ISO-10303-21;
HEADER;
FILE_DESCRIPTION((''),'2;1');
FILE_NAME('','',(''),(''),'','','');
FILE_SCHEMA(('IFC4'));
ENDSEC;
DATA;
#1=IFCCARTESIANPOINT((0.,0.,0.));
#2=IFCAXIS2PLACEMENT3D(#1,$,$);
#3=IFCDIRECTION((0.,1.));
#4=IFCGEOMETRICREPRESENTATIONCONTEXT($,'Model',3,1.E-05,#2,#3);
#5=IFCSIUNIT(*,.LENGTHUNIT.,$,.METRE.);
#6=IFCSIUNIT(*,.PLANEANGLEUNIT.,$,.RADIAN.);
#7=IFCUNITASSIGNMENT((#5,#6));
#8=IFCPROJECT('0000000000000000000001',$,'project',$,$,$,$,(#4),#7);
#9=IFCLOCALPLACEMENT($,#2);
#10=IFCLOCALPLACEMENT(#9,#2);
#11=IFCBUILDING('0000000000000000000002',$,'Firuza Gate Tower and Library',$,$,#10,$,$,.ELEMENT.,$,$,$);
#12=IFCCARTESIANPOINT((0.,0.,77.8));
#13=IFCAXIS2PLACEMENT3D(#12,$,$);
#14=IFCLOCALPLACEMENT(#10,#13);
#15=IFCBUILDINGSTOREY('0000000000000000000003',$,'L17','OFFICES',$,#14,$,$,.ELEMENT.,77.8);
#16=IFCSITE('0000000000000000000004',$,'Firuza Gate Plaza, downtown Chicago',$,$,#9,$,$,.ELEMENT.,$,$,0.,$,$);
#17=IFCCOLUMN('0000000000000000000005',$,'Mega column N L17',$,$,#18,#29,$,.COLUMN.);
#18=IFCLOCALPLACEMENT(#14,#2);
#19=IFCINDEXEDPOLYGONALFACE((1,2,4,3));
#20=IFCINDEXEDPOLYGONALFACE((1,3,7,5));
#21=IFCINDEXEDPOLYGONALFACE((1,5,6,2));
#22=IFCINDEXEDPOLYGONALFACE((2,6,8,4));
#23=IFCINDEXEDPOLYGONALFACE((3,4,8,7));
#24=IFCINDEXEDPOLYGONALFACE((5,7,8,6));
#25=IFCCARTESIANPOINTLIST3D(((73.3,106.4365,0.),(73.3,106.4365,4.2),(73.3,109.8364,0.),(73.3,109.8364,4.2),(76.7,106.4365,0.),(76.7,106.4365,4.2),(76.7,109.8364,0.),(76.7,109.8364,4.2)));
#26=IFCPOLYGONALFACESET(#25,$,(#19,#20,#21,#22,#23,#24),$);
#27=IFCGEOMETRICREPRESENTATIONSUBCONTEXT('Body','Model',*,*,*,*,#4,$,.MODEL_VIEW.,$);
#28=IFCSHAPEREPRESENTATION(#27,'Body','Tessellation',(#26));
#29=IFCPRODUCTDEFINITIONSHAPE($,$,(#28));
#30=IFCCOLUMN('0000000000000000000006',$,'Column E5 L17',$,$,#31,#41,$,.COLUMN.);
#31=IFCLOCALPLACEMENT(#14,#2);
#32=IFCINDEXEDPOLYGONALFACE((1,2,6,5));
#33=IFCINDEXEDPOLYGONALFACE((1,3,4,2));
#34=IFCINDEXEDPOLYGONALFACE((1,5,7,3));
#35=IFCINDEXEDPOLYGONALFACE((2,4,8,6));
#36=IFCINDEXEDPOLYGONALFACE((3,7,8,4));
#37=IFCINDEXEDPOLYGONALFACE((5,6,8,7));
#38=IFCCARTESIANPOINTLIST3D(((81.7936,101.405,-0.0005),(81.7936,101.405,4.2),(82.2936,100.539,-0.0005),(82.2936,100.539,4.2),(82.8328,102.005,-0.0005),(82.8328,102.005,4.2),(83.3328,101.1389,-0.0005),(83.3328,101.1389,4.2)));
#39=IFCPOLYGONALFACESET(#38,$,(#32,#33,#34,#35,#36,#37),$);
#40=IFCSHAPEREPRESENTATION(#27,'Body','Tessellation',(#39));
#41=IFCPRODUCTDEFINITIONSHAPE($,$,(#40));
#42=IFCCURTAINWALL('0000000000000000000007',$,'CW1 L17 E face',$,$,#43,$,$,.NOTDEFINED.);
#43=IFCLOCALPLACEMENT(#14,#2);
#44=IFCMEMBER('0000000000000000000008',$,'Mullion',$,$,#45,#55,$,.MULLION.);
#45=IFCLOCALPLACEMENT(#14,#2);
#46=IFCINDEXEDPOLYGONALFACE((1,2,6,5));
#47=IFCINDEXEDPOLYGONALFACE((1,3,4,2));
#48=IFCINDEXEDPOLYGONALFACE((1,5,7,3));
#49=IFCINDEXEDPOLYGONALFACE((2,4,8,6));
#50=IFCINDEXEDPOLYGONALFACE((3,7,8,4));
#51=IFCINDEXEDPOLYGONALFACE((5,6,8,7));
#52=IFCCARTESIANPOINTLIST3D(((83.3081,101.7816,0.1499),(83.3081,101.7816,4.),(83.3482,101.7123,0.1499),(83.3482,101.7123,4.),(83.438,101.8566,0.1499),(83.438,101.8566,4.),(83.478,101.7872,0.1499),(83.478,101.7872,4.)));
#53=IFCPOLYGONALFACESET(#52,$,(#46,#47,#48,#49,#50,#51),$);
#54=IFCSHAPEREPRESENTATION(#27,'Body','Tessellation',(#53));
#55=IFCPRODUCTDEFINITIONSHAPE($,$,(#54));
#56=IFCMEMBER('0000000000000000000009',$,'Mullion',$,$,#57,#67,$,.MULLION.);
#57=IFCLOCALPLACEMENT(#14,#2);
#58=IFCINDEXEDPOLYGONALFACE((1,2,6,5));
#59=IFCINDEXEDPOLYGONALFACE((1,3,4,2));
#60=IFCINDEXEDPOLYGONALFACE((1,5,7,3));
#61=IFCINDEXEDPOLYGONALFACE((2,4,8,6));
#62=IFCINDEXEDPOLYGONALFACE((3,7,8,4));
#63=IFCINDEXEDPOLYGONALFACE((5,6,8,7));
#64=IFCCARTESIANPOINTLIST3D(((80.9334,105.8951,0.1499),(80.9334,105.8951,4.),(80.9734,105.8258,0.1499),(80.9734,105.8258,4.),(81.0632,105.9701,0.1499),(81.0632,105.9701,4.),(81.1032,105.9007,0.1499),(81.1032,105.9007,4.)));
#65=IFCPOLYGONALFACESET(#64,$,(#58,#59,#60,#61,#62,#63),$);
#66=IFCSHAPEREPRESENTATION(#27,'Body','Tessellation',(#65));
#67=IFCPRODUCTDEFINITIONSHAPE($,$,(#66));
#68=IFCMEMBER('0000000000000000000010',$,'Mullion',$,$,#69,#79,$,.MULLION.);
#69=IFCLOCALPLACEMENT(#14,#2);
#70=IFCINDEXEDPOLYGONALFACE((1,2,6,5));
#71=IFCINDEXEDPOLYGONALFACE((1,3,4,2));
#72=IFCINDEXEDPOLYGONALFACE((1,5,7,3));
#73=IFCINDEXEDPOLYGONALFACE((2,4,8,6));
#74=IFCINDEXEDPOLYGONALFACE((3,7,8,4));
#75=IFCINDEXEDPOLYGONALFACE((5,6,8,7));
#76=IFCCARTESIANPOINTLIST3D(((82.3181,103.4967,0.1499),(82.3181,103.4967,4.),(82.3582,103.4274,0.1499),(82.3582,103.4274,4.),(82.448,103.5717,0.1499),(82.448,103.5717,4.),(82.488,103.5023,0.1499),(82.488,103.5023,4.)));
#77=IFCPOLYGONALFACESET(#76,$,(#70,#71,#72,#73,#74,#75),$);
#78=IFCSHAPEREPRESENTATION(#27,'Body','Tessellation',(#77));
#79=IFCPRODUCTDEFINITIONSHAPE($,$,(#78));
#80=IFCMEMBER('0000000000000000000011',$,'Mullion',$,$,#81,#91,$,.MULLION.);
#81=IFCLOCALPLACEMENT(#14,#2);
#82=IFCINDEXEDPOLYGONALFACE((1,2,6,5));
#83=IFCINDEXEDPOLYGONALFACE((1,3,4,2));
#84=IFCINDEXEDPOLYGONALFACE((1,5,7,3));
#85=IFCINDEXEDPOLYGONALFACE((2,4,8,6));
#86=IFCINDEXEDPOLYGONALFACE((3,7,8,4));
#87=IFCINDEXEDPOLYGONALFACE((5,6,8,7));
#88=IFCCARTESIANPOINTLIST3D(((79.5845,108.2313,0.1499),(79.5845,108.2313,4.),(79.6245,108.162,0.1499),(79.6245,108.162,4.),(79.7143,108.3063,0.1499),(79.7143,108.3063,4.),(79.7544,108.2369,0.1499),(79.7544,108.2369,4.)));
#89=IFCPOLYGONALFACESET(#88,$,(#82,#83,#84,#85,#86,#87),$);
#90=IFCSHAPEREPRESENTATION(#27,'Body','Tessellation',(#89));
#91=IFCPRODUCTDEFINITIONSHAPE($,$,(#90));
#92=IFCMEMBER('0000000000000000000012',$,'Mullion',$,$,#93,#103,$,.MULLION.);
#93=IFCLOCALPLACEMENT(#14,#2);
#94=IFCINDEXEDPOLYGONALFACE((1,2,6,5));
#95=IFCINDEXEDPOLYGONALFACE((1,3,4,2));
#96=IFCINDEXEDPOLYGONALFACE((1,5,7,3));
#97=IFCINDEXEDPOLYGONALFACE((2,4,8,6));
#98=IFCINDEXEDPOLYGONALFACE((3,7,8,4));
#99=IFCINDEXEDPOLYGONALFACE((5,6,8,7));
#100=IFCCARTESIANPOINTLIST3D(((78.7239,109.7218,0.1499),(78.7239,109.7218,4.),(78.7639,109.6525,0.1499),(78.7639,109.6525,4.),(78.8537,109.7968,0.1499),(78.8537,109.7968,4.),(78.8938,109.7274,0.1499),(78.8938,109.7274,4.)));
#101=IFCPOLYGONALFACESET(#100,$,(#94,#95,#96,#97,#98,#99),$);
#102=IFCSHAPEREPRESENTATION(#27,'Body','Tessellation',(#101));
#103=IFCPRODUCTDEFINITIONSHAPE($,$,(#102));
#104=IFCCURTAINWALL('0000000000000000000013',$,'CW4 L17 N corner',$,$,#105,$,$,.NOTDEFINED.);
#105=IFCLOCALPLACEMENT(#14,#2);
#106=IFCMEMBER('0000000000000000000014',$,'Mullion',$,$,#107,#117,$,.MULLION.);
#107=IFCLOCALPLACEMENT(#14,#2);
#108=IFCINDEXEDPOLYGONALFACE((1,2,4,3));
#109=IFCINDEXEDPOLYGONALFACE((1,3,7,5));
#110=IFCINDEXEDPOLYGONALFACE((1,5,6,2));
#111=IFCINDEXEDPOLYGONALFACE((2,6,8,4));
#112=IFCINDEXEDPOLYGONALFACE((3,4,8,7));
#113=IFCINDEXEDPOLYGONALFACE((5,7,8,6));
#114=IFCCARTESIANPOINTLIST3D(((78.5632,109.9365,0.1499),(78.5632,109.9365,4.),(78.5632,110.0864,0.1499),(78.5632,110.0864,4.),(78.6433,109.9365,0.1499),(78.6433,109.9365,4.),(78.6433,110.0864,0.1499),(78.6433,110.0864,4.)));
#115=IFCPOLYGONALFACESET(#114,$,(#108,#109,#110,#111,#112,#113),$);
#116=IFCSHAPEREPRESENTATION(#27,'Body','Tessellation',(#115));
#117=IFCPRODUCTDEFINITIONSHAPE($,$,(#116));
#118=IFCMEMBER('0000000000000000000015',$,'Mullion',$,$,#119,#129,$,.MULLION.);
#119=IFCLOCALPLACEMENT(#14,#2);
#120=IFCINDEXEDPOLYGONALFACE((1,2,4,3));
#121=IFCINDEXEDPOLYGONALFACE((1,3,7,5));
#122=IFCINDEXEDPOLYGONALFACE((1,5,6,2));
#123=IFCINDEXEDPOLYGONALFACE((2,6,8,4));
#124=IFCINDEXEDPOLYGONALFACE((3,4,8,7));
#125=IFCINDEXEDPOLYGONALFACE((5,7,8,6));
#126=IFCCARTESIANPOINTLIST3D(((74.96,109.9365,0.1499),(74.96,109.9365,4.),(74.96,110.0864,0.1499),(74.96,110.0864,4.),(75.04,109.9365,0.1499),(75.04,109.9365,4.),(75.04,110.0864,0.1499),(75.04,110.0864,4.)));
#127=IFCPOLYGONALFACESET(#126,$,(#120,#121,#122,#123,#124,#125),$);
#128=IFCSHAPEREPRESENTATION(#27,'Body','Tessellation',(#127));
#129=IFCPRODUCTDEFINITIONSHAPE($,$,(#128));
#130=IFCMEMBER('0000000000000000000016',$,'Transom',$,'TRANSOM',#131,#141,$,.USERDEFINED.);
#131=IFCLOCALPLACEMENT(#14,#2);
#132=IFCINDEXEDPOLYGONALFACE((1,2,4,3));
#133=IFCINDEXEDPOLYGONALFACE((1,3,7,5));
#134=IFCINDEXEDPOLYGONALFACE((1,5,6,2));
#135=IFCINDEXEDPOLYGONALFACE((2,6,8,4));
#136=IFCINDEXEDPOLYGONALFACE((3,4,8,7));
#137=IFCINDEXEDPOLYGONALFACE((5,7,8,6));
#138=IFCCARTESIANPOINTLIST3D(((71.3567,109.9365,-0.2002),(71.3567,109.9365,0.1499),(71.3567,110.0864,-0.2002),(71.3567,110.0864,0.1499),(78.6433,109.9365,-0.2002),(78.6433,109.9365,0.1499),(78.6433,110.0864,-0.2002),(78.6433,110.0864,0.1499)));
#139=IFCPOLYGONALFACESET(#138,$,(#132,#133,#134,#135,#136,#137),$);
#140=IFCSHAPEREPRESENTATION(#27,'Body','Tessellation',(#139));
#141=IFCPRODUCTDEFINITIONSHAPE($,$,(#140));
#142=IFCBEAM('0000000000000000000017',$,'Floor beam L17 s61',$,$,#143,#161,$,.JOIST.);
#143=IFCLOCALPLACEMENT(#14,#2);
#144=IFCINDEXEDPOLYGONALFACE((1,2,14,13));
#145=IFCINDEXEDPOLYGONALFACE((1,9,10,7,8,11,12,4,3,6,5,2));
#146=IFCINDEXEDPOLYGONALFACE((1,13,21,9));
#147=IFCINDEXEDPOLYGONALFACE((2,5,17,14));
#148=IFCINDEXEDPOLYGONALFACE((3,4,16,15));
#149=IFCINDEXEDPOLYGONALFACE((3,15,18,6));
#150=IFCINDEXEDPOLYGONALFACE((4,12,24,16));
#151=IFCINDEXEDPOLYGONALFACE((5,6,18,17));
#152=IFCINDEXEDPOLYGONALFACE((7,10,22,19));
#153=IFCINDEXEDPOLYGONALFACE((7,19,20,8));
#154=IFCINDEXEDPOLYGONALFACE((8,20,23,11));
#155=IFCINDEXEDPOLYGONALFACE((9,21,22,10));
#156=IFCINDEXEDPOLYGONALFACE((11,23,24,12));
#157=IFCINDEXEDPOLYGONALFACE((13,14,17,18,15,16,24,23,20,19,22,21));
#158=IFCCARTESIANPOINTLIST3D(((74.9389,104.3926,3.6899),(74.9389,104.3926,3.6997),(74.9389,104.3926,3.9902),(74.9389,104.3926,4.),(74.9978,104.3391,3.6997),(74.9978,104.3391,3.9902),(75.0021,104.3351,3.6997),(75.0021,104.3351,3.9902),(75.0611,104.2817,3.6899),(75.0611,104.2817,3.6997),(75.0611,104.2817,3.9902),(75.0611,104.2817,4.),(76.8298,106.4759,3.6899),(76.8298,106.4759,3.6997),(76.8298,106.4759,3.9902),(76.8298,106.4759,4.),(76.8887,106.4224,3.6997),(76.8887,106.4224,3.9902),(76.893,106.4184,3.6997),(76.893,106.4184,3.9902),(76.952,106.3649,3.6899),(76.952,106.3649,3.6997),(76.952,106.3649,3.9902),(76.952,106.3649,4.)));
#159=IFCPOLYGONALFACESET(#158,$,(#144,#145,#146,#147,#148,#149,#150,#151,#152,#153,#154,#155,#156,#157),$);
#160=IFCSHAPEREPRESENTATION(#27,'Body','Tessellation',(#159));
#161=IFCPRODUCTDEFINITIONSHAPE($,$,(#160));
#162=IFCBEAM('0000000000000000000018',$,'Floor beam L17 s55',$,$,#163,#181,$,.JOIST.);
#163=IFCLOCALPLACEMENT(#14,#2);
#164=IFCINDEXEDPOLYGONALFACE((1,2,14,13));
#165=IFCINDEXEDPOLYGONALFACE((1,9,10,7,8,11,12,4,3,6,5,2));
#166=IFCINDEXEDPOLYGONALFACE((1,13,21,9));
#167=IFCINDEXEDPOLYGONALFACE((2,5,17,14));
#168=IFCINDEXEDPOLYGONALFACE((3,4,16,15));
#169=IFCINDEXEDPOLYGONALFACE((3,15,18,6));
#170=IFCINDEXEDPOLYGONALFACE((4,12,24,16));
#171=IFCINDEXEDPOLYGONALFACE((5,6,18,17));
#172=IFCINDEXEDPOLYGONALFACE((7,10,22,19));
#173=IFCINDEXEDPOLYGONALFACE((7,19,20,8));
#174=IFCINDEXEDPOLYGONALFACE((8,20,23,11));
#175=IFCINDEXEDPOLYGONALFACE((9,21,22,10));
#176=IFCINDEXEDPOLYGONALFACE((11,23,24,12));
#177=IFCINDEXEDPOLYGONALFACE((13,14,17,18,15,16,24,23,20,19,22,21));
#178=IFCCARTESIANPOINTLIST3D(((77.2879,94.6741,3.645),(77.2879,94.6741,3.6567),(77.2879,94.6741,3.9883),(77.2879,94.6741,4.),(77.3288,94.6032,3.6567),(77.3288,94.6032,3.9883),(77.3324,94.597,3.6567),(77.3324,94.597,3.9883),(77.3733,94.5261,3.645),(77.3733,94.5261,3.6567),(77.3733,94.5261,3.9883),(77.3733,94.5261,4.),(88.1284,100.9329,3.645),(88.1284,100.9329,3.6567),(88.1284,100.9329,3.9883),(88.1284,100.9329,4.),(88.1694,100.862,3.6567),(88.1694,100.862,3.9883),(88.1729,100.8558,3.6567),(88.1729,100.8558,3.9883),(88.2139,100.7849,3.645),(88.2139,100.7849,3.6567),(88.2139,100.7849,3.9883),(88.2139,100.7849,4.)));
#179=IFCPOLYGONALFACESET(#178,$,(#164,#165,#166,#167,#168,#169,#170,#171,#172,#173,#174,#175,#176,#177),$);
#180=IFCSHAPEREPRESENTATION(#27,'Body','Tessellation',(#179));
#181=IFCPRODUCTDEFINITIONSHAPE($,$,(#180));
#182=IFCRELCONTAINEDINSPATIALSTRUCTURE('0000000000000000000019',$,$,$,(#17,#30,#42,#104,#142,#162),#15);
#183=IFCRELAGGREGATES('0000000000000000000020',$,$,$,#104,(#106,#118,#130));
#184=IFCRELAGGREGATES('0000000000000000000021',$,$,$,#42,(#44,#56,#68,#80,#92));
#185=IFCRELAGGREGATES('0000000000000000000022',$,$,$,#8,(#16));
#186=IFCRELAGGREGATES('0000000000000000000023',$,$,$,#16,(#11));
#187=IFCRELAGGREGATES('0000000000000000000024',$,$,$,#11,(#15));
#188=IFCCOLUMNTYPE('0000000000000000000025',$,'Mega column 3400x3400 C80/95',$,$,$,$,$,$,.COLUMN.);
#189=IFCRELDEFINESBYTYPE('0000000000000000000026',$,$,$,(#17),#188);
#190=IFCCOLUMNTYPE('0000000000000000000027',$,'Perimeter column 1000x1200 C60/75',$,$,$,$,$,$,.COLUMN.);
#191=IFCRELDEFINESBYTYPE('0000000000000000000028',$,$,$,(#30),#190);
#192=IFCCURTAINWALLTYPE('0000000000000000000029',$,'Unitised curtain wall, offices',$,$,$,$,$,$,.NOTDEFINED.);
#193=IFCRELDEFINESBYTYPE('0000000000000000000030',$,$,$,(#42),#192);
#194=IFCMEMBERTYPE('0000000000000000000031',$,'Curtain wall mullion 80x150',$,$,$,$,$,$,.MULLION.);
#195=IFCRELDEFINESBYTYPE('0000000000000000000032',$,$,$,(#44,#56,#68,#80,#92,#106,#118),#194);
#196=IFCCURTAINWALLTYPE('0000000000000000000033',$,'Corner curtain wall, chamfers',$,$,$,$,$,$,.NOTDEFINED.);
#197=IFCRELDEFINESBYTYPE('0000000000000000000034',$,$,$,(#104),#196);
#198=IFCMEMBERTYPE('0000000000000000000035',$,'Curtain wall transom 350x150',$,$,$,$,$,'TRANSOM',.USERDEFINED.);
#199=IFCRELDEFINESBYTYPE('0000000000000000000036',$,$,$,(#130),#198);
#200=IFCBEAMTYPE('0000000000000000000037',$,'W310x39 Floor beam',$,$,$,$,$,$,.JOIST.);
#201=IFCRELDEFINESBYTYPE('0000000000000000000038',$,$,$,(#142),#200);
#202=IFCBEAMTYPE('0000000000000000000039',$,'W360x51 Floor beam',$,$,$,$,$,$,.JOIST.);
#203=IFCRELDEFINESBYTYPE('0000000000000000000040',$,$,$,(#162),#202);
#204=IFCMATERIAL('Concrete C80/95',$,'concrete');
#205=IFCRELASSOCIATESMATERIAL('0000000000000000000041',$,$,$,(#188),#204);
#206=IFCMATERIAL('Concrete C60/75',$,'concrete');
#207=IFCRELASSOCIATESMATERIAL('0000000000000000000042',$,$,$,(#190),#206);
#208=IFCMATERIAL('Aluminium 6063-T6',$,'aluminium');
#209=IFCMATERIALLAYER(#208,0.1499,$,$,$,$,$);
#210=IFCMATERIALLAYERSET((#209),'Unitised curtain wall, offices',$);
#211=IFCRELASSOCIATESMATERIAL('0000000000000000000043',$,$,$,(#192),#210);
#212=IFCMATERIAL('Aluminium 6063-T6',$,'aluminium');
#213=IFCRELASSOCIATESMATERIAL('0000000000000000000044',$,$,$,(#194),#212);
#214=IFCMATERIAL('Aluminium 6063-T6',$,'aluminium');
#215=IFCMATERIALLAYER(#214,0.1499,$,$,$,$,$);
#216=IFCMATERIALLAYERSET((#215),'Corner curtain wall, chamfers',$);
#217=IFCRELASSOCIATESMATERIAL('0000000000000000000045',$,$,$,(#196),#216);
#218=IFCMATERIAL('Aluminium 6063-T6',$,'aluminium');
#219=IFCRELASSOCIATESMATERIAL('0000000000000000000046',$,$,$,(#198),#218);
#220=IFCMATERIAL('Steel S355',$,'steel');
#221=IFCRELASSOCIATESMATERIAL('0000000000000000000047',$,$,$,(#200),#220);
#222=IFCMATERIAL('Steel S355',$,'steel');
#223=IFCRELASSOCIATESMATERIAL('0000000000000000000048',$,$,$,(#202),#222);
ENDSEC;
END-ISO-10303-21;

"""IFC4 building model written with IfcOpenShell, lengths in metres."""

from ifc_helpers import new_model, si_unit, direction, frame, origin, origin_2d, place, context, subcontext, project, spatial, rectangle, i_section, extrude, material, layer, layer_set, material_profile, profile_set, type_object, element, aggregate, save


model = new_model("IFC4")

# Units and contexts
model_context = context("Model", 3, precision=1e-05, world=origin(), true_north=direction((0.0, 1.0)))
body_context = subcontext(model_context, "Body", "Model", "MODEL_VIEW")
ifc_project = project(units=[si_unit("LENGTHUNIT", "METRE"), si_unit("PLANEANGLEUNIT", "RADIAN")], contexts=[model_context])

# Site, building, storey
site_placement = place(None, origin())
site = spatial("IfcSite", under=ifc_project, at=site_placement, Name="Firuza Gate Plaza, downtown Chicago", CompositionType="ELEMENT", RefElevation=0.0)
building_placement = place(site_placement, origin())
building = spatial("IfcBuilding", under=site, at=building_placement, Name="Firuza Gate Tower and Library", CompositionType="ELEMENT")
storey_placement = place(building_placement, frame((0.0, 0.0, 77.8)))
storey = spatial("IfcBuildingStorey", under=building, at=storey_placement, Name="L17", Description="OFFICES", CompositionType="ELEMENT", Elevation=77.8)

# Columns
ifc_material_1 = material(Name="Concrete C80/95", Category="concrete")
ifc_material_profile_1 = material_profile(ifc_material_1, rectangle(XDim=3.3999, YDim=3.3999, at=origin_2d()))
ifc_profile_set_1 = profile_set([ifc_material_profile_1], Name="Concrete C80/95")
column_type_1 = type_object("IfcColumnType", Name="Mega column 3400x3400 C80/95", PredefinedType="COLUMN", material=ifc_profile_set_1)
column_1_placement = place(storey_placement, frame((75.0, 108.1365, 0.0), z_axis=(0.0, 0.0, 1.0), x_axis=(-1.0, 0.0, 0.0)))
element("IfcColumn", 1, at=column_1_placement, inside=storey, type_object=column_type_1, Name="Mega column N L17", PredefinedType="COLUMN", context=body_context, shape_type="SweptSolid", body=[
    extrude(rectangle(XDim=3.3999, YDim=3.3999, at=origin_2d()), origin(), (0.0, 0.0, 1.0), 4.2),
])
ifc_material_2 = material(Name="Concrete C60/75", Category="concrete")
ifc_material_profile_2 = material_profile(ifc_material_2, rectangle(XDim=1.0, YDim=1.2, at=origin_2d()))
ifc_profile_set_2 = profile_set([ifc_material_profile_2], Name="Concrete C60/75")
column_type_2 = type_object("IfcColumnType", Name="Perimeter column 1000x1200 C60/75", PredefinedType="COLUMN", material=ifc_profile_set_2)
column_2_placement = place(storey_placement, frame((82.5632, 101.272, -0.0005), z_axis=(0.0, 0.0, 1.0), x_axis=(-0.5, 0.866025, 0.0)))
element("IfcColumn", 2, at=column_2_placement, inside=storey, type_object=column_type_2, Name="Column E5 L17", PredefinedType="COLUMN", context=body_context, shape_type="SweptSolid", body=[
    extrude(rectangle(XDim=1.0, YDim=1.2, at=origin_2d()), origin(), (0.0, 0.0, 1.0), 4.2004),
])

# Curtain walls, members
ifc_material_3 = material(Name="Aluminium 6063-T6", Category="aluminium")
ifc_layer_1 = layer(ifc_material_3, 0.1499)
ifc_layer_set_1 = layer_set([ifc_layer_1], Name="Unitised curtain wall, offices")
curtain_wall_type_1 = type_object("IfcCurtainWallType", Name="Unitised curtain wall, offices", PredefinedType="NOTDEFINED", material=ifc_layer_set_1)
placement = place(storey_placement, origin())
curtain_wall_1 = element("IfcCurtainWall", 3, at=placement, inside=storey, type_object=curtain_wall_type_1, Name="CW1 L17 E face", PredefinedType="NOTDEFINED")
ifc_material_4 = material(Name="Aluminium 6063-T6", Category="aluminium")
ifc_material_profile_3 = material_profile(ifc_material_4, rectangle(XDim=0.1499, YDim=0.0801, at=origin_2d()))
ifc_profile_set_3 = profile_set([ifc_material_profile_3], Name="Aluminium 6063-T6")
member_type_1 = type_object("IfcMemberType", Name="Curtain wall mullion 80x150", PredefinedType="MULLION", material=ifc_profile_set_3)
member_1_placement = place(storey_placement, frame((83.3931, 101.7844, 0.1499), z_axis=(0.0, 0.0, 1.0), x_axis=(-0.866025, -0.5, 0.0)))
member_1 = element("IfcMember", 4, at=member_1_placement, type_object=member_type_1, Name="Mullion", PredefinedType="MULLION", context=body_context, shape_type="SweptSolid", body=[
    extrude(rectangle(XDim=0.1499, YDim=0.0801, at=origin_2d()), origin(), (0.0, 0.0, 1.0), 3.8501),
])
member_2_placement = place(storey_placement, frame((81.0183, 105.8979, 0.1499), z_axis=(0.0, 0.0, 1.0), x_axis=(-0.866025, -0.5, 0.0)))
member_2 = element("IfcMember", 5, at=member_2_placement, type_object=member_type_1, Name="Mullion", PredefinedType="MULLION", context=body_context, shape_type="SweptSolid", body=[
    extrude(rectangle(XDim=0.1499, YDim=0.0801, at=origin_2d()), origin(), (0.0, 0.0, 1.0), 3.8501),
])
member_3_placement = place(storey_placement, frame((82.4031, 103.4995, 0.1499), z_axis=(0.0, 0.0, 1.0), x_axis=(-0.866025, -0.5, 0.0)))
member_3 = element("IfcMember", 6, at=member_3_placement, type_object=member_type_1, Name="Mullion", PredefinedType="MULLION", context=body_context, shape_type="SweptSolid", body=[
    extrude(rectangle(XDim=0.1499, YDim=0.0801, at=origin_2d()), origin(), (0.0, 0.0, 1.0), 3.8501),
])
member_4_placement = place(storey_placement, frame((79.6694, 108.2341, 0.1499), z_axis=(0.0, 0.0, 1.0), x_axis=(-0.866025, -0.5, 0.0)))
member_4 = element("IfcMember", 7, at=member_4_placement, type_object=member_type_1, Name="Mullion", PredefinedType="MULLION", context=body_context, shape_type="SweptSolid", body=[
    extrude(rectangle(XDim=0.1499, YDim=0.0801, at=origin_2d()), origin(), (0.0, 0.0, 1.0), 3.8501),
])
member_5_placement = place(storey_placement, frame((78.8088, 109.7246, 0.1499), z_axis=(0.0, 0.0, 1.0), x_axis=(-0.866025, -0.5, 0.0)))
member_5 = element("IfcMember", 8, at=member_5_placement, type_object=member_type_1, Name="Mullion", PredefinedType="MULLION", context=body_context, shape_type="SweptSolid", body=[
    extrude(rectangle(XDim=0.1499, YDim=0.0801, at=origin_2d()), origin(), (0.0, 0.0, 1.0), 3.8501),
])
ifc_material_5 = material(Name="Aluminium 6063-T6", Category="aluminium")
ifc_layer_2 = layer(ifc_material_5, 0.1499)
ifc_layer_set_2 = layer_set([ifc_layer_2], Name="Corner curtain wall, chamfers")
curtain_wall_type_2 = type_object("IfcCurtainWallType", Name="Corner curtain wall, chamfers", PredefinedType="NOTDEFINED", material=ifc_layer_set_2)
curtain_wall_2 = element("IfcCurtainWall", 9, at=placement, inside=storey, type_object=curtain_wall_type_2, Name="CW4 L17 N corner", PredefinedType="NOTDEFINED")
member_6_placement = place(storey_placement, frame((78.6033, 110.0115, 0.1499), z_axis=(0.0, 0.0, 1.0), x_axis=(0.0, -1.0, 0.0)))
member_6 = element("IfcMember", 10, at=member_6_placement, type_object=member_type_1, Name="Mullion", PredefinedType="MULLION", context=body_context, shape_type="SweptSolid", body=[
    extrude(rectangle(XDim=0.1499, YDim=0.0801, at=origin_2d()), origin(), (0.0, 0.0, 1.0), 3.8501),
])
member_7_placement = place(storey_placement, frame((75.0, 110.0115, 0.1499), z_axis=(0.0, 0.0, 1.0), x_axis=(0.0, -1.0, 0.0)))
member_7 = element("IfcMember", 11, at=member_7_placement, type_object=member_type_1, Name="Mullion", PredefinedType="MULLION", context=body_context, shape_type="SweptSolid", body=[
    extrude(rectangle(XDim=0.1499, YDim=0.0801, at=origin_2d()), origin(), (0.0, 0.0, 1.0), 3.8501),
])
ifc_material_6 = material(Name="Aluminium 6063-T6", Category="aluminium")
ifc_material_profile_4 = material_profile(ifc_material_6, rectangle(XDim=0.1499, YDim=0.3501, at=origin_2d()))
ifc_profile_set_4 = profile_set([ifc_material_profile_4], Name="Aluminium 6063-T6")
member_type_2 = type_object("IfcMemberType", Name="Curtain wall transom 350x150", ElementType="TRANSOM", PredefinedType="USERDEFINED", material=ifc_profile_set_4)
member_8_placement = place(storey_placement, frame((78.6433, 110.0115, -0.0251), z_axis=(-1.0, 0.0, 0.0), x_axis=(0.0, -1.0, 0.0)))
member_8 = element("IfcMember", 12, at=member_8_placement, type_object=member_type_2, Name="Transom", ObjectType="TRANSOM", PredefinedType="USERDEFINED", context=body_context, shape_type="SweptSolid", body=[
    extrude(rectangle(XDim=0.1499, YDim=0.3501, at=origin_2d()), origin(), (0.0, 0.0, 1.0), 7.2866),
])

# Beams
ifc_material_7 = material(Name="Steel S355", Category="steel")
ifc_material_profile_5 = material_profile(ifc_material_7, i_section(OverallWidth=0.165, OverallDepth=0.3101, WebThickness=0.0059, FlangeThickness=0.0098, at=origin_2d()))
ifc_profile_set_5 = profile_set([ifc_material_profile_5], Name="Steel S355")
beam_type_1 = type_object("IfcBeamType", Name="W310x39 Floor beam", PredefinedType="JOIST", material=ifc_profile_set_5)
beam_1_placement = place(storey_placement, frame((76.8909, 106.4204, 3.845), z_axis=(-0.672089, -0.74047, 0.0), x_axis=(0.74047, -0.672089, 0.0)))
element("IfcBeam", 13, at=beam_1_placement, inside=storey, type_object=beam_type_1, Name="Floor beam L17 s61", PredefinedType="JOIST", context=body_context, shape_type="SweptSolid", body=[
    extrude(i_section(OverallWidth=0.165, OverallDepth=0.3101, WebThickness=0.0059, FlangeThickness=0.0098, at=origin_2d()), origin(), (0.0, 0.0, 1.0), 2.8135),
])
ifc_material_8 = material(Name="Steel S355", Category="steel")
ifc_material_profile_6 = material_profile(ifc_material_8, i_section(OverallWidth=0.1709, OverallDepth=0.355, WebThickness=0.0071, FlangeThickness=0.0117, at=origin_2d()))
ifc_profile_set_6 = profile_set([ifc_material_profile_6], Name="Steel S355")
beam_type_2 = type_object("IfcBeamType", Name="W360x51 Floor beam", PredefinedType="JOIST", material=ifc_profile_set_6)
beam_2_placement = place(storey_placement, frame((88.1711, 100.8589, 3.8225), z_axis=(-0.866026, -0.499999, 0.0), x_axis=(0.499999, -0.866026, 0.0)))
element("IfcBeam", 14, at=beam_2_placement, inside=storey, type_object=beam_type_2, Name="Floor beam L17 s55", PredefinedType="JOIST", context=body_context, shape_type="SweptSolid", body=[
    extrude(i_section(OverallWidth=0.1709, OverallDepth=0.355, WebThickness=0.0071, FlangeThickness=0.0117, at=origin_2d()), origin(), (0.0, 0.0, 1.0), 12.5176),
])

aggregate(curtain_wall_2, [member_6, member_7, member_8])
aggregate(curtain_wall_1, [member_1, member_2, member_3, member_4, member_5])

save(model, "model.ifc")
